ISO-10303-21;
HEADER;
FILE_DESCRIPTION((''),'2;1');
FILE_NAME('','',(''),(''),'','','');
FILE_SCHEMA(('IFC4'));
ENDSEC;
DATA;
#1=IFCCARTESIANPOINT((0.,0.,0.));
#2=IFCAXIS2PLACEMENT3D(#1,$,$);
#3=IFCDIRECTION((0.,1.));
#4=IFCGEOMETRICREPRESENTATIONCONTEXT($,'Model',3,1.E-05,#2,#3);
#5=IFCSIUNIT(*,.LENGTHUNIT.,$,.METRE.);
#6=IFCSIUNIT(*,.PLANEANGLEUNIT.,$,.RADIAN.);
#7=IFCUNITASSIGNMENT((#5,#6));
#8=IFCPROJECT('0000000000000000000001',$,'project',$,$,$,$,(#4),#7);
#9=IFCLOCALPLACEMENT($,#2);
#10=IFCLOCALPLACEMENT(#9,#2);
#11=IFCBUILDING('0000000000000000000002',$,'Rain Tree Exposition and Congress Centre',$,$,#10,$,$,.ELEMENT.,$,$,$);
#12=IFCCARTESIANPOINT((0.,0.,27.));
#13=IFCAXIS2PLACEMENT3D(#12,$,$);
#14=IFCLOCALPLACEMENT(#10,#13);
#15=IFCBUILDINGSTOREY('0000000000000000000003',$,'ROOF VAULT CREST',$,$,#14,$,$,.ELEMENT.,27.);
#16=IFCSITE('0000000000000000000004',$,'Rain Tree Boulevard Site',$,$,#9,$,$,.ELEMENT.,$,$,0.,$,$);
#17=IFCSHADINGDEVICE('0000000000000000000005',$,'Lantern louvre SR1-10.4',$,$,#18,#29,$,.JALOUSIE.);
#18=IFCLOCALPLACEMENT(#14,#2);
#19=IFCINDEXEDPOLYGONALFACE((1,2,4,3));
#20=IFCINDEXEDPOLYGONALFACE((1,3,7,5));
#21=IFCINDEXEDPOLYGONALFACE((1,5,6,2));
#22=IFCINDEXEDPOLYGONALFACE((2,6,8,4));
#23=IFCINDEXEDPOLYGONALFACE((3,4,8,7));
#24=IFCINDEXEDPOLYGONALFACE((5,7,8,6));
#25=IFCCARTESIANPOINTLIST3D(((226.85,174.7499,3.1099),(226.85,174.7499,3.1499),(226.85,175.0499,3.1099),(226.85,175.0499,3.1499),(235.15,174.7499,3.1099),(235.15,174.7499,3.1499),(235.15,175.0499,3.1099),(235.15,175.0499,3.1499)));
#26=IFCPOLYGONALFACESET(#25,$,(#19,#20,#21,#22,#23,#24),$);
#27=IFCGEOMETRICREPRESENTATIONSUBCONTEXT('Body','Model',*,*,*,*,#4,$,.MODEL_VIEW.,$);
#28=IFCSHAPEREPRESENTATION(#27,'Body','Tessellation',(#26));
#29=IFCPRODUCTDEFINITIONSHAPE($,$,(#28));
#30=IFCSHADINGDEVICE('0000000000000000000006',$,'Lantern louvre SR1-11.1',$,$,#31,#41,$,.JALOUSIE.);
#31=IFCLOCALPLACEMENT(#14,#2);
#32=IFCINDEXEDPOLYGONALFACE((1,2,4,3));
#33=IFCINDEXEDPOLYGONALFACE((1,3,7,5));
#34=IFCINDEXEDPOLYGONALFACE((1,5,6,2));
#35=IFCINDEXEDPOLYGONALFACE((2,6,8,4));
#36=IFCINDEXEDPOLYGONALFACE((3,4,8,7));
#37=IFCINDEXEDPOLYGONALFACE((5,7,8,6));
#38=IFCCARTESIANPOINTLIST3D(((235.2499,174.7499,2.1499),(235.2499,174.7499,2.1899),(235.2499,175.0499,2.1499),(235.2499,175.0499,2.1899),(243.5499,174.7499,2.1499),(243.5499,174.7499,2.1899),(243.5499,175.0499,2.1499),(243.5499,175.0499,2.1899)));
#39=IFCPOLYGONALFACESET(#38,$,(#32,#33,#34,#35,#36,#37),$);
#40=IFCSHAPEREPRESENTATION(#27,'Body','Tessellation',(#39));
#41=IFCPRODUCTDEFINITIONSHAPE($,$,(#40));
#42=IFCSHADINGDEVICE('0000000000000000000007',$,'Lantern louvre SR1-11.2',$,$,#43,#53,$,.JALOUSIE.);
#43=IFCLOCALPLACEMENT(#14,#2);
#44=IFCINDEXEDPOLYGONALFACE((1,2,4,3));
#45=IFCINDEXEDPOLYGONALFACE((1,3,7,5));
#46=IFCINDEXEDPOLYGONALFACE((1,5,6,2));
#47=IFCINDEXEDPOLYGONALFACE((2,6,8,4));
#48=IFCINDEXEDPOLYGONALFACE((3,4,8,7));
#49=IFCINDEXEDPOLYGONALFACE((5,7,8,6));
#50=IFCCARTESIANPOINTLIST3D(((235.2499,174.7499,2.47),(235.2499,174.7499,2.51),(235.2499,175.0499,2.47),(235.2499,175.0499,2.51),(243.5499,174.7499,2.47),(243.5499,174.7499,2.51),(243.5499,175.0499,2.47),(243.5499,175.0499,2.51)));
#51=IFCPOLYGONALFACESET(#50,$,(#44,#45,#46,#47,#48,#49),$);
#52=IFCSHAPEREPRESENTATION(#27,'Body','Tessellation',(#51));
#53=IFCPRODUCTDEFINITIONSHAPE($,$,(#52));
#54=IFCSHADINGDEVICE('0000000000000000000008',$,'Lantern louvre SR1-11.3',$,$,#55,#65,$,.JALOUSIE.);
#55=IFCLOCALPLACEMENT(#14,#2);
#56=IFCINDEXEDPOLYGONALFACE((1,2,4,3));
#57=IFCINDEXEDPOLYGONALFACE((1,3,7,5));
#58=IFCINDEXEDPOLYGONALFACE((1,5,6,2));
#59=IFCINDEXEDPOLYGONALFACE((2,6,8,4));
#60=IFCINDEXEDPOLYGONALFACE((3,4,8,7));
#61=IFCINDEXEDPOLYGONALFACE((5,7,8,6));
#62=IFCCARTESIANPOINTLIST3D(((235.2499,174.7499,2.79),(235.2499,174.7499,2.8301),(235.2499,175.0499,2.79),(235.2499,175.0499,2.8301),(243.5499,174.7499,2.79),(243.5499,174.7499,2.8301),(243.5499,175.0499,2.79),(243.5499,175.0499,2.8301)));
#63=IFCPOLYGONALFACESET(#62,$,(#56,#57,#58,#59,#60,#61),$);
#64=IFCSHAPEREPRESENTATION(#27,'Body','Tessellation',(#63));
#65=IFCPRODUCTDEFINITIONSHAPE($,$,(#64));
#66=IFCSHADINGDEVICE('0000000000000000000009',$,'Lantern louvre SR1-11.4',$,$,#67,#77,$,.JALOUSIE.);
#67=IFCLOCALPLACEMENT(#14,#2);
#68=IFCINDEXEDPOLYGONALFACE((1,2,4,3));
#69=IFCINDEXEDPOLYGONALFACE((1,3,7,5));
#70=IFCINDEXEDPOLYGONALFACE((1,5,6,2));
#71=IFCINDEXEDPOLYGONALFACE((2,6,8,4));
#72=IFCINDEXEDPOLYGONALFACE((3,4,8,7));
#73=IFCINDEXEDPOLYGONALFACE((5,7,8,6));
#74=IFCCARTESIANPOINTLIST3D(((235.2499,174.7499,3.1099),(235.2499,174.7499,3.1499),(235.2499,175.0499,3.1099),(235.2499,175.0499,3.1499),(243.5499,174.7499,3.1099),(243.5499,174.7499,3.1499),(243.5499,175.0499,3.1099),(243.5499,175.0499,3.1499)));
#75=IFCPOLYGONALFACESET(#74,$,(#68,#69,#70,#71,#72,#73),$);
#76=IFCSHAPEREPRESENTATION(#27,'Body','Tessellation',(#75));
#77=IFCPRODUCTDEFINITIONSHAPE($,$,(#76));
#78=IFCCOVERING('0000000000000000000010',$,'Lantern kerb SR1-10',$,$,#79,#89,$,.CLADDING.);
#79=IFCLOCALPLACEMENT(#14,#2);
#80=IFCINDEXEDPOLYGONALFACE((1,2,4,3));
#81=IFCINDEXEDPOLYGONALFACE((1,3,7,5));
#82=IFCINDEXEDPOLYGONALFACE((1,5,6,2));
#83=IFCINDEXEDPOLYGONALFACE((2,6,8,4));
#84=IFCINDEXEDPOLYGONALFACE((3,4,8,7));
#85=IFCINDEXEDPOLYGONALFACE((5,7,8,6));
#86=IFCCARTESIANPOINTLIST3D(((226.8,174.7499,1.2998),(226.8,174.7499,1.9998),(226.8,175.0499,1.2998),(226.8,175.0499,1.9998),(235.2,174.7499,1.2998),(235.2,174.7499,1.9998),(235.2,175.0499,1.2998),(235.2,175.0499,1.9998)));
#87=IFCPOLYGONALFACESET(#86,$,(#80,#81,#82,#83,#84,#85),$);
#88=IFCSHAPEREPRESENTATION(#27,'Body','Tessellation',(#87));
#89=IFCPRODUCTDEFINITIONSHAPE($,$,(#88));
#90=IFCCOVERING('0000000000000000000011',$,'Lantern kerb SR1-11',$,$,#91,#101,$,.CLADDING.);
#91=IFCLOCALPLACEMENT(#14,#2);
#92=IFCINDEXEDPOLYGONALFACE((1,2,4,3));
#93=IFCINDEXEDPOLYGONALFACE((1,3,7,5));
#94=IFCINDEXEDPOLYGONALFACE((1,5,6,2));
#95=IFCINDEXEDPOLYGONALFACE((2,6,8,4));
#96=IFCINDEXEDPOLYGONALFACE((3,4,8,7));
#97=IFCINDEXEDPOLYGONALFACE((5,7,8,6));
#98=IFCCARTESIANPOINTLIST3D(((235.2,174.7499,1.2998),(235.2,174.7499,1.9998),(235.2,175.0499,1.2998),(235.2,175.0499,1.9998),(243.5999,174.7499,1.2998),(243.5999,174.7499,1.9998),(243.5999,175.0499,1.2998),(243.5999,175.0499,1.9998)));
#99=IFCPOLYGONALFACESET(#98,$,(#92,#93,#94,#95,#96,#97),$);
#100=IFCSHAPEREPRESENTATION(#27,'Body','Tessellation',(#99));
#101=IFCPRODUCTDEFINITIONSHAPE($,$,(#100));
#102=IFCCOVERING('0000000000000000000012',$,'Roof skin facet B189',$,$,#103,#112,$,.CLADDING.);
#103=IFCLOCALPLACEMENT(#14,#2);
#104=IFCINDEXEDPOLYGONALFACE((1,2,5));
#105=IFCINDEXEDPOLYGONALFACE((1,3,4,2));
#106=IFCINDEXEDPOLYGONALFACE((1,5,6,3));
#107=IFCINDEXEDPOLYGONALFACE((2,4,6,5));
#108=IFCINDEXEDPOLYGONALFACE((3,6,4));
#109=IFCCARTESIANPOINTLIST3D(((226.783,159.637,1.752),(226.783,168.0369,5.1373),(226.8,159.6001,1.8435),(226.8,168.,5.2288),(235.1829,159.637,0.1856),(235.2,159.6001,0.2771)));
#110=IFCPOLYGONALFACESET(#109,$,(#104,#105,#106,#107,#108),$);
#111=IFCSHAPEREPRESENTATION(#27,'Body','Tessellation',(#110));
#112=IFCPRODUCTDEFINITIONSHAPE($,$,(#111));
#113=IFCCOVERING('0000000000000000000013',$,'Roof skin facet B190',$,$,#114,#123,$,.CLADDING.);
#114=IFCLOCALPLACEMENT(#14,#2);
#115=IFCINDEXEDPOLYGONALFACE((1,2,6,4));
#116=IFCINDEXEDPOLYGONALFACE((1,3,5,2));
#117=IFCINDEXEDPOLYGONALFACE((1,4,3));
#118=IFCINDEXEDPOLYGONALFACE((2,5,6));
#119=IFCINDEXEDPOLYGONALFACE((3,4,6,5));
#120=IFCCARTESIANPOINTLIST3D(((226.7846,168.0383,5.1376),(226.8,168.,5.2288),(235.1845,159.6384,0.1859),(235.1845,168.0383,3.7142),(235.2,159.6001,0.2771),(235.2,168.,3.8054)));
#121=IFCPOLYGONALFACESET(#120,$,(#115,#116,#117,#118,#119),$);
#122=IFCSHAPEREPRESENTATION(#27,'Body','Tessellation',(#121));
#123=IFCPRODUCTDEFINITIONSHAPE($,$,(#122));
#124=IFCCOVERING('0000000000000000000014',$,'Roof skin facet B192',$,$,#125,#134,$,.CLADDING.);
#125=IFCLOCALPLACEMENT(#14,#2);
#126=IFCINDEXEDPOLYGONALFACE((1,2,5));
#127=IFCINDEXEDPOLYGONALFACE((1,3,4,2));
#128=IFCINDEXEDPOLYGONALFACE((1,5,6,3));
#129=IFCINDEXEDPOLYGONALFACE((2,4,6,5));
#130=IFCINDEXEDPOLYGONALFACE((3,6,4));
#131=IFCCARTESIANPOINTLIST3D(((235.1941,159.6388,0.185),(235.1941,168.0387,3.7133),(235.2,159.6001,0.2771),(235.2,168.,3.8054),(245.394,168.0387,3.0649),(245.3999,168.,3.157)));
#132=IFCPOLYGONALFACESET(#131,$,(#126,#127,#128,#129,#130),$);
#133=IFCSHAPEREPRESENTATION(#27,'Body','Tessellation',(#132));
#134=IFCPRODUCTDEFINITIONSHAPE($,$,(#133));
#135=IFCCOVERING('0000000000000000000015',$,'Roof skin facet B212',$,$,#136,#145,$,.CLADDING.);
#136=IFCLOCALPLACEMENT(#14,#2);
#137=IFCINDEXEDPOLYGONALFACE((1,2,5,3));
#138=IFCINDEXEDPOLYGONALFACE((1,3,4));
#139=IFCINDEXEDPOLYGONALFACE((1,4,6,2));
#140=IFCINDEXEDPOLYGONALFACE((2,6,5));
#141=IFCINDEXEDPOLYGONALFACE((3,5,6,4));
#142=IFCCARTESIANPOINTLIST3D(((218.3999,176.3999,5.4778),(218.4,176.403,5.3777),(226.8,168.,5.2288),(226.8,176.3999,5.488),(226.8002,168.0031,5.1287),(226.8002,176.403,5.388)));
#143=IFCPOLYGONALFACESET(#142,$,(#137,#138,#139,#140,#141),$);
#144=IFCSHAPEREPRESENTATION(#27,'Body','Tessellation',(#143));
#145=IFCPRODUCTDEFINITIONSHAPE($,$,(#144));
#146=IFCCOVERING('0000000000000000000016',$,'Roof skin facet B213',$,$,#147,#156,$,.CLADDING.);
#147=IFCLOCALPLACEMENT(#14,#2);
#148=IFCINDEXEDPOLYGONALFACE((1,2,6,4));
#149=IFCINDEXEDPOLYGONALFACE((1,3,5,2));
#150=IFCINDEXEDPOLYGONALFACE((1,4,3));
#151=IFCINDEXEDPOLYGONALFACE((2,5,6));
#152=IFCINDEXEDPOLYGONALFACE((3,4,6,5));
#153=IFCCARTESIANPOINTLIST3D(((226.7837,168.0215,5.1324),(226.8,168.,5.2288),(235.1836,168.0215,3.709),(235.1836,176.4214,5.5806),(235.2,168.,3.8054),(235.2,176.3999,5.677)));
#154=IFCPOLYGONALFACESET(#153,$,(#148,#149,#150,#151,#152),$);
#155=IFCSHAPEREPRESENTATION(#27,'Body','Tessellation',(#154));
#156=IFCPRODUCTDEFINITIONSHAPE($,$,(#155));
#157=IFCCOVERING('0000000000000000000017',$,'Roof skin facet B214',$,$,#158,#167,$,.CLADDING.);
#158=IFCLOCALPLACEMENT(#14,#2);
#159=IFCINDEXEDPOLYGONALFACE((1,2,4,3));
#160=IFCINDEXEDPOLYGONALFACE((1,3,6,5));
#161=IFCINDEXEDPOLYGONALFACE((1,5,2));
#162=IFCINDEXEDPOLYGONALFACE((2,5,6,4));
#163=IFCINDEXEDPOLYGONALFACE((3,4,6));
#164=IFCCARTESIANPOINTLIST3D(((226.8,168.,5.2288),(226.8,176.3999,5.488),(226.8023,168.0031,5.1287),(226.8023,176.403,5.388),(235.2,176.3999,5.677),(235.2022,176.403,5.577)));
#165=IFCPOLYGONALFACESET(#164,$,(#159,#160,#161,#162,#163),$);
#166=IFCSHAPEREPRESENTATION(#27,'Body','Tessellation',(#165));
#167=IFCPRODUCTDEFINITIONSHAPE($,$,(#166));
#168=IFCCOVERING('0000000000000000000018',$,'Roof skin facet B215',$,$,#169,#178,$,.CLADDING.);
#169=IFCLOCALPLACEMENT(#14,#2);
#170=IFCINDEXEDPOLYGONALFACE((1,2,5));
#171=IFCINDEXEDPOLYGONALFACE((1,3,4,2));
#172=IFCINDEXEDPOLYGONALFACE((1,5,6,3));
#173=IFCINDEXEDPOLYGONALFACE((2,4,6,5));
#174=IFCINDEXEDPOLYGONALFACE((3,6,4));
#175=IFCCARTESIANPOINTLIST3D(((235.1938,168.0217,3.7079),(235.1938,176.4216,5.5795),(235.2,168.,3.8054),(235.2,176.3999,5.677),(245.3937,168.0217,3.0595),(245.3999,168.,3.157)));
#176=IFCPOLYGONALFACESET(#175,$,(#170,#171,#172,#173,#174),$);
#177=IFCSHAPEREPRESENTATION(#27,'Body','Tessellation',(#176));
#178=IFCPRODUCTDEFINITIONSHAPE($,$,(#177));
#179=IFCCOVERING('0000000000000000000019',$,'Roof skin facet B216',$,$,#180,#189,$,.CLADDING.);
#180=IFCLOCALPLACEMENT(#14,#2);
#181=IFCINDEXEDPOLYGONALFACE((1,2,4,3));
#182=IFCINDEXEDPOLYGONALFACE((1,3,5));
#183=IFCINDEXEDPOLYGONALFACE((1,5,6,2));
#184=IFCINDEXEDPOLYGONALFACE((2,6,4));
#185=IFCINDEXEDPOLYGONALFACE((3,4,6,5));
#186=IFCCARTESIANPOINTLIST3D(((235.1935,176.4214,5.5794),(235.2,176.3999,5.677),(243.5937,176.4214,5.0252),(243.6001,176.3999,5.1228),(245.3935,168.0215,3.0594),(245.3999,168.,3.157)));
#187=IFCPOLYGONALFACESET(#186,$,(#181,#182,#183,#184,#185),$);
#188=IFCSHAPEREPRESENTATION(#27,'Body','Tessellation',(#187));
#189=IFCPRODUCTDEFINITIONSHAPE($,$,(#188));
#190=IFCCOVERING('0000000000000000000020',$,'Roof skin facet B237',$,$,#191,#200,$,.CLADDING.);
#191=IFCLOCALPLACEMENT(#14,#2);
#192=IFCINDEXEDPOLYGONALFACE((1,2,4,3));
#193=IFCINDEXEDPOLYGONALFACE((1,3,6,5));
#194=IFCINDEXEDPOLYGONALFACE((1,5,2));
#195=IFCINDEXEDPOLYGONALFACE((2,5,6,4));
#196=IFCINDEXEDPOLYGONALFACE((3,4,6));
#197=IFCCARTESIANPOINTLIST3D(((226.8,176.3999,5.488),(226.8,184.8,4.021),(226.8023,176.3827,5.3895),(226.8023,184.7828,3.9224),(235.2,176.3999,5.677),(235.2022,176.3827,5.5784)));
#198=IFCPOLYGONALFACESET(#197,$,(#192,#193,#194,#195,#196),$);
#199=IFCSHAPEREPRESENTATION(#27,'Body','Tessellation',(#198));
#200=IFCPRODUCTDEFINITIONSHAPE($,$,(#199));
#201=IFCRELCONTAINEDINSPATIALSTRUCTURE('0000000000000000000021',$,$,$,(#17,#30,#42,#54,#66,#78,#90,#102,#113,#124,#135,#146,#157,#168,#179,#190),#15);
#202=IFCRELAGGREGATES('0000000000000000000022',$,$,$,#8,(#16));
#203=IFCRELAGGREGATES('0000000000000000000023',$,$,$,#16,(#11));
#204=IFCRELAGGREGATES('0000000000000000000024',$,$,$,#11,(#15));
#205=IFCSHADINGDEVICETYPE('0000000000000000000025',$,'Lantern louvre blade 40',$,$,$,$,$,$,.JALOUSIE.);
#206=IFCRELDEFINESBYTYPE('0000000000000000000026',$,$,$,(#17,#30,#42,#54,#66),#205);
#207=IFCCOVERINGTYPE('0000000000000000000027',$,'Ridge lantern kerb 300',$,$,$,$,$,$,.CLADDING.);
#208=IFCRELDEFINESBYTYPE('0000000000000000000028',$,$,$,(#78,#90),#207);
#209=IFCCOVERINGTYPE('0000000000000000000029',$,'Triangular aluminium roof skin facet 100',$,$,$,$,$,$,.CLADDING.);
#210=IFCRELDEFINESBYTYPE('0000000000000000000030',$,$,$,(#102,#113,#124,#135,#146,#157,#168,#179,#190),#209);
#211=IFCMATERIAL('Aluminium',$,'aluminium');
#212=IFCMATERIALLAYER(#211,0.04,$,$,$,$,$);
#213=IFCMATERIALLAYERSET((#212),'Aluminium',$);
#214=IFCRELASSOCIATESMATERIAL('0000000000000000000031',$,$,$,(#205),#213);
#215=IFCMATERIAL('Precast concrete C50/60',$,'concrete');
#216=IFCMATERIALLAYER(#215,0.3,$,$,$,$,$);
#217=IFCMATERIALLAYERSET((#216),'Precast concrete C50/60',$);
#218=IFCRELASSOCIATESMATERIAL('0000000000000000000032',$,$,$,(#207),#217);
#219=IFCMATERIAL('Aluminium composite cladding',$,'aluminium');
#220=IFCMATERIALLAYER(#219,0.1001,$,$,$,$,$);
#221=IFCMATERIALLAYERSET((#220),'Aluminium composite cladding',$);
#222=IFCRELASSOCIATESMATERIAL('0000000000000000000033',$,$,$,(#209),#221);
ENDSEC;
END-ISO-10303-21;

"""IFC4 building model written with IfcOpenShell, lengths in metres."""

from ifc_helpers import new_model, si_unit, direction, frame, origin, origin_2d, place, context, subcontext, project, spatial, polyline, rectangle, outline, extrude, material, layer, layer_set, type_object, element, save


model = new_model("IFC4")

# Units and contexts
model_context = context("Model", 3, precision=1e-05, world=origin(), true_north=direction((0.0, 1.0)))
body_context = subcontext(model_context, "Body", "Model", "MODEL_VIEW")
ifc_project = project(units=[si_unit("LENGTHUNIT", "METRE"), si_unit("PLANEANGLEUNIT", "RADIAN")], contexts=[model_context])

# Site, building, storey
site_placement = place(None, origin())
site = spatial("IfcSite", under=ifc_project, at=site_placement, Name="Rain Tree Boulevard Site", CompositionType="ELEMENT", RefElevation=0.0)
building_placement = place(site_placement, origin())
building = spatial("IfcBuilding", under=site, at=building_placement, Name="Rain Tree Exposition and Congress Centre", CompositionType="ELEMENT")
storey_placement = place(building_placement, frame((0.0, 0.0, 27.0)))
storey = spatial("IfcBuildingStorey", under=building, at=storey_placement, Name="ROOF VAULT CREST", CompositionType="ELEMENT", Elevation=27.0)

# Shading devices
ifc_material_1 = material(Name="Aluminium", Category="aluminium")
ifc_layer_1 = layer(ifc_material_1, 0.04)
ifc_layer_set_1 = layer_set([ifc_layer_1], Name="Aluminium")
shading_device_type = type_object("IfcShadingDeviceType", Name="Lantern louvre blade 40", PredefinedType="JALOUSIE", material=ifc_layer_set_1)
for number, where, z_axis, x_axis, name in (
    (1, (231.0, 174.8999, 3.1099), (0.0, 0.0, 1.0), (1.0, 0.0, 0.0), "Lantern louvre SR1-10.4"),
    (2, (239.3999, 174.8999, 2.1499), (0.0, 0.0, 1.0), (1.0, 0.0, 0.0), "Lantern louvre SR1-11.1"),
    (3, (239.3999, 174.8999, 2.47), (0.0, 0.0, 1.0), (1.0, 0.0, 0.0), "Lantern louvre SR1-11.2"),
    (4, (239.3999, 174.8999, 2.79), (0.0, 0.0, 1.0), (1.0, 0.0, 0.0), "Lantern louvre SR1-11.3"),
    (5, (239.3999, 174.8999, 3.1099), (0.0, 0.0, 1.0), (1.0, 0.0, 0.0), "Lantern louvre SR1-11.4"),
):
    element("IfcShadingDevice", number, at=place(storey_placement, frame(where, z_axis=z_axis, x_axis=x_axis)), inside=storey, type_object=shading_device_type, Name=name, PredefinedType="JALOUSIE", context=body_context, shape_type="SweptSolid", body=[
        extrude(rectangle(XDim=8.3, YDim=0.3, at=origin_2d()), origin(), (0.0, 0.0, 1.0), 0.04),
    ])

# Coverings
ifc_material_2 = material(Name="Precast concrete C50/60", Category="concrete")
ifc_layer_2 = layer(ifc_material_2, 0.3)
ifc_layer_set_2 = layer_set([ifc_layer_2], Name="Precast concrete C50/60")
covering_type_1 = type_object("IfcCoveringType", Name="Ridge lantern kerb 300", PredefinedType="CLADDING", material=ifc_layer_set_2)
for number, where, z_axis, x_axis, name in (
    (6, (231.0, 174.8999, 1.2998), (0.0, 0.0, 1.0), (1.0, 0.0, 0.0), "Lantern kerb SR1-10"),
    (7, (239.3999, 174.8999, 1.2998), (0.0, 0.0, 1.0), (1.0, 0.0, 0.0), "Lantern kerb SR1-11"),
):
    element("IfcCovering", number, at=place(storey_placement, frame(where, z_axis=z_axis, x_axis=x_axis)), inside=storey, type_object=covering_type_1, Name=name, PredefinedType="CLADDING", context=body_context, shape_type="SweptSolid", body=[
        extrude(rectangle(XDim=8.3999, YDim=0.3, at=origin_2d()), origin(), (0.0, 0.0, 1.0), 0.7),
    ])
ifc_material_3 = material(Name="Aluminium composite cladding", Category="aluminium")
ifc_layer_3 = layer(ifc_material_3, 0.1001)
ifc_layer_set_3 = layer_set([ifc_layer_3], Name="Aluminium composite cladding")
covering_type_2 = type_object("IfcCoveringType", Name="Triangular aluminium roof skin facet 100", PredefinedType="CLADDING", material=ifc_layer_set_3)
covering_1_placement = place(storey_placement, frame((226.8, 159.6001, 1.8435), z_axis=(0.170431, -0.368328, 0.913941), x_axis=(0.983053, 0.0, -0.183319)))
element("IfcCovering", 8, at=covering_1_placement, inside=storey, type_object=covering_type_2, Name="Roof skin facet B189", PredefinedType="CLADDING", context=body_context, shape_type="SweptSolid", body=[
    extrude(outline(polyline([(0.0, 0.0), (8.5447, 0.0), (-0.6206, 9.0351), (0.0, 0.0)])), origin(), (0.0, 0.0, -1.0), 0.1001),
])
covering_2_placement = place(storey_placement, frame((235.2, 159.6001, 0.2771), z_axis=(0.154353, -0.382625, 0.910919), x_axis=(0.0, 0.921968, 0.387266)))
element("IfcCovering", 9, at=covering_2_placement, inside=storey, type_object=covering_type_2, Name="Roof skin facet B190", PredefinedType="CLADDING", context=body_context, shape_type="SweptSolid", body=[
    extrude(outline(polyline([(0.0, 0.0), (9.1108, 0.0), (9.6621, 8.5018), (0.0, 0.0)])), origin(), (0.0, 0.0, -1.0), 0.1001),
])
covering_3_placement = place(storey_placement, frame((235.2, 159.6001, 0.2771), z_axis=(0.058511, -0.386603, 0.920388), x_axis=(0.754227, 0.621124, 0.21295)))
element("IfcCovering", 10, at=covering_3_placement, inside=storey, type_object=covering_type_2, Name="Roof skin facet B192", PredefinedType="CLADDING", context=body_context, shape_type="SweptSolid", body=[
    extrude(outline(polyline([(0.0, 0.0), (13.5237, 0.0), (5.9687, 6.8834), (0.0, 0.0)])), origin(), (0.0, 0.0, -1.0), 0.1001),
])
covering_4_placement = place(storey_placement, frame((226.8, 168.0, 5.2288), z_axis=(-0.00122, -0.030852, 0.999523), x_axis=(0.0, 0.999524, 0.030852)))
element("IfcCovering", 11, at=covering_4_placement, inside=storey, type_object=covering_type_2, Name="Roof skin facet B212", PredefinedType="CLADDING", context=body_context, shape_type="SweptSolid", body=[
    extrude(outline(polyline([(0.0, 0.0), (8.4039, 0.0), (8.4036, 8.4002), (0.0, 0.0)])), origin(), (0.0, 0.0, -1.0), 0.1001),
])
covering_5_placement = place(storey_placement, frame((226.8, 168.0, 5.2288), z_axis=(0.163175, -0.214562, 0.962983), x_axis=(0.985946, 0.0, -0.167066)))
element("IfcCovering", 12, at=covering_5_placement, inside=storey, type_object=covering_type_2, Name="Roof skin facet B213", PredefinedType="CLADDING", context=body_context, shape_type="SweptSolid", body=[
    extrude(outline(polyline([(0.0, 0.0), (8.5196, 0.0), (8.207, 8.6002), (0.0, 0.0)])), origin(), (0.0, 0.0, -1.0), 0.1001),
])
covering_6_placement = place(storey_placement, frame((226.8, 168.0, 5.2288), z_axis=(-0.02248, -0.030844, 0.999271), x_axis=(0.706604, 0.706604, 0.037706)))
element("IfcCovering", 13, at=covering_6_placement, inside=storey, type_object=covering_type_2, Name="Roof skin facet B214", PredefinedType="CLADDING", context=body_context, shape_type="SweptSolid", body=[
    extrude(outline(polyline([(0.0, 0.0), (11.8877, 0.0), (5.9452, 5.9397), (0.0, 0.0)])), origin(), (0.0, 0.0, -1.0), 0.1001),
])
covering_7_placement = place(storey_placement, frame((235.2, 168.0, 3.8054), z_axis=(0.061932, -0.21706, 0.974192), x_axis=(0.997985, 0.0, -0.063445)))
element("IfcCovering", 14, at=covering_7_placement, inside=storey, type_object=covering_type_2, Name="Roof skin facet B215", PredefinedType="CLADDING", context=body_context, shape_type="SweptSolid", body=[
    extrude(outline(polyline([(0.0, 0.0), (10.2205, 0.0), (-0.1187, 8.6051), (0.0, 0.0)])), origin(), (0.0, 0.0, -1.0), 0.1001),
])
covering_8_placement = place(storey_placement, frame((245.3999, 168.0, 3.157), z_axis=(0.064302, -0.214317, 0.974645), x_axis=(-0.204231, 0.953168, 0.223069)))
element("IfcCovering", 15, at=covering_8_placement, inside=storey, type_object=covering_type_2, Name="Roof skin facet B216", PredefinedType="CLADDING", context=body_context, shape_type="SweptSolid", body=[
    extrude(outline(polyline([(0.0, 0.0), (8.8126, 0.0), (10.6518, 8.215), (0.0, 0.0)])), origin(), (0.0, 0.0, -1.0), 0.1001),
])
covering_9_placement = place(storey_placement, frame((226.8, 176.3999, 5.488), z_axis=(-0.022155, 0.171998, 0.984848), x_axis=(0.999747, 0.0, 0.02249)))
element("IfcCovering", 16, at=covering_9_placement, inside=storey, type_object=covering_type_2, Name="Roof skin facet B237", PredefinedType="CLADDING", context=body_context, shape_type="SweptSolid", body=[
    extrude(outline(polyline([(0.0, 0.0), (8.402, 0.0), (-0.033, 8.5272), (0.0, 0.0)])), origin(), (0.0, 0.0, -1.0), 0.1001),
])

save(model, "model.ifc")
